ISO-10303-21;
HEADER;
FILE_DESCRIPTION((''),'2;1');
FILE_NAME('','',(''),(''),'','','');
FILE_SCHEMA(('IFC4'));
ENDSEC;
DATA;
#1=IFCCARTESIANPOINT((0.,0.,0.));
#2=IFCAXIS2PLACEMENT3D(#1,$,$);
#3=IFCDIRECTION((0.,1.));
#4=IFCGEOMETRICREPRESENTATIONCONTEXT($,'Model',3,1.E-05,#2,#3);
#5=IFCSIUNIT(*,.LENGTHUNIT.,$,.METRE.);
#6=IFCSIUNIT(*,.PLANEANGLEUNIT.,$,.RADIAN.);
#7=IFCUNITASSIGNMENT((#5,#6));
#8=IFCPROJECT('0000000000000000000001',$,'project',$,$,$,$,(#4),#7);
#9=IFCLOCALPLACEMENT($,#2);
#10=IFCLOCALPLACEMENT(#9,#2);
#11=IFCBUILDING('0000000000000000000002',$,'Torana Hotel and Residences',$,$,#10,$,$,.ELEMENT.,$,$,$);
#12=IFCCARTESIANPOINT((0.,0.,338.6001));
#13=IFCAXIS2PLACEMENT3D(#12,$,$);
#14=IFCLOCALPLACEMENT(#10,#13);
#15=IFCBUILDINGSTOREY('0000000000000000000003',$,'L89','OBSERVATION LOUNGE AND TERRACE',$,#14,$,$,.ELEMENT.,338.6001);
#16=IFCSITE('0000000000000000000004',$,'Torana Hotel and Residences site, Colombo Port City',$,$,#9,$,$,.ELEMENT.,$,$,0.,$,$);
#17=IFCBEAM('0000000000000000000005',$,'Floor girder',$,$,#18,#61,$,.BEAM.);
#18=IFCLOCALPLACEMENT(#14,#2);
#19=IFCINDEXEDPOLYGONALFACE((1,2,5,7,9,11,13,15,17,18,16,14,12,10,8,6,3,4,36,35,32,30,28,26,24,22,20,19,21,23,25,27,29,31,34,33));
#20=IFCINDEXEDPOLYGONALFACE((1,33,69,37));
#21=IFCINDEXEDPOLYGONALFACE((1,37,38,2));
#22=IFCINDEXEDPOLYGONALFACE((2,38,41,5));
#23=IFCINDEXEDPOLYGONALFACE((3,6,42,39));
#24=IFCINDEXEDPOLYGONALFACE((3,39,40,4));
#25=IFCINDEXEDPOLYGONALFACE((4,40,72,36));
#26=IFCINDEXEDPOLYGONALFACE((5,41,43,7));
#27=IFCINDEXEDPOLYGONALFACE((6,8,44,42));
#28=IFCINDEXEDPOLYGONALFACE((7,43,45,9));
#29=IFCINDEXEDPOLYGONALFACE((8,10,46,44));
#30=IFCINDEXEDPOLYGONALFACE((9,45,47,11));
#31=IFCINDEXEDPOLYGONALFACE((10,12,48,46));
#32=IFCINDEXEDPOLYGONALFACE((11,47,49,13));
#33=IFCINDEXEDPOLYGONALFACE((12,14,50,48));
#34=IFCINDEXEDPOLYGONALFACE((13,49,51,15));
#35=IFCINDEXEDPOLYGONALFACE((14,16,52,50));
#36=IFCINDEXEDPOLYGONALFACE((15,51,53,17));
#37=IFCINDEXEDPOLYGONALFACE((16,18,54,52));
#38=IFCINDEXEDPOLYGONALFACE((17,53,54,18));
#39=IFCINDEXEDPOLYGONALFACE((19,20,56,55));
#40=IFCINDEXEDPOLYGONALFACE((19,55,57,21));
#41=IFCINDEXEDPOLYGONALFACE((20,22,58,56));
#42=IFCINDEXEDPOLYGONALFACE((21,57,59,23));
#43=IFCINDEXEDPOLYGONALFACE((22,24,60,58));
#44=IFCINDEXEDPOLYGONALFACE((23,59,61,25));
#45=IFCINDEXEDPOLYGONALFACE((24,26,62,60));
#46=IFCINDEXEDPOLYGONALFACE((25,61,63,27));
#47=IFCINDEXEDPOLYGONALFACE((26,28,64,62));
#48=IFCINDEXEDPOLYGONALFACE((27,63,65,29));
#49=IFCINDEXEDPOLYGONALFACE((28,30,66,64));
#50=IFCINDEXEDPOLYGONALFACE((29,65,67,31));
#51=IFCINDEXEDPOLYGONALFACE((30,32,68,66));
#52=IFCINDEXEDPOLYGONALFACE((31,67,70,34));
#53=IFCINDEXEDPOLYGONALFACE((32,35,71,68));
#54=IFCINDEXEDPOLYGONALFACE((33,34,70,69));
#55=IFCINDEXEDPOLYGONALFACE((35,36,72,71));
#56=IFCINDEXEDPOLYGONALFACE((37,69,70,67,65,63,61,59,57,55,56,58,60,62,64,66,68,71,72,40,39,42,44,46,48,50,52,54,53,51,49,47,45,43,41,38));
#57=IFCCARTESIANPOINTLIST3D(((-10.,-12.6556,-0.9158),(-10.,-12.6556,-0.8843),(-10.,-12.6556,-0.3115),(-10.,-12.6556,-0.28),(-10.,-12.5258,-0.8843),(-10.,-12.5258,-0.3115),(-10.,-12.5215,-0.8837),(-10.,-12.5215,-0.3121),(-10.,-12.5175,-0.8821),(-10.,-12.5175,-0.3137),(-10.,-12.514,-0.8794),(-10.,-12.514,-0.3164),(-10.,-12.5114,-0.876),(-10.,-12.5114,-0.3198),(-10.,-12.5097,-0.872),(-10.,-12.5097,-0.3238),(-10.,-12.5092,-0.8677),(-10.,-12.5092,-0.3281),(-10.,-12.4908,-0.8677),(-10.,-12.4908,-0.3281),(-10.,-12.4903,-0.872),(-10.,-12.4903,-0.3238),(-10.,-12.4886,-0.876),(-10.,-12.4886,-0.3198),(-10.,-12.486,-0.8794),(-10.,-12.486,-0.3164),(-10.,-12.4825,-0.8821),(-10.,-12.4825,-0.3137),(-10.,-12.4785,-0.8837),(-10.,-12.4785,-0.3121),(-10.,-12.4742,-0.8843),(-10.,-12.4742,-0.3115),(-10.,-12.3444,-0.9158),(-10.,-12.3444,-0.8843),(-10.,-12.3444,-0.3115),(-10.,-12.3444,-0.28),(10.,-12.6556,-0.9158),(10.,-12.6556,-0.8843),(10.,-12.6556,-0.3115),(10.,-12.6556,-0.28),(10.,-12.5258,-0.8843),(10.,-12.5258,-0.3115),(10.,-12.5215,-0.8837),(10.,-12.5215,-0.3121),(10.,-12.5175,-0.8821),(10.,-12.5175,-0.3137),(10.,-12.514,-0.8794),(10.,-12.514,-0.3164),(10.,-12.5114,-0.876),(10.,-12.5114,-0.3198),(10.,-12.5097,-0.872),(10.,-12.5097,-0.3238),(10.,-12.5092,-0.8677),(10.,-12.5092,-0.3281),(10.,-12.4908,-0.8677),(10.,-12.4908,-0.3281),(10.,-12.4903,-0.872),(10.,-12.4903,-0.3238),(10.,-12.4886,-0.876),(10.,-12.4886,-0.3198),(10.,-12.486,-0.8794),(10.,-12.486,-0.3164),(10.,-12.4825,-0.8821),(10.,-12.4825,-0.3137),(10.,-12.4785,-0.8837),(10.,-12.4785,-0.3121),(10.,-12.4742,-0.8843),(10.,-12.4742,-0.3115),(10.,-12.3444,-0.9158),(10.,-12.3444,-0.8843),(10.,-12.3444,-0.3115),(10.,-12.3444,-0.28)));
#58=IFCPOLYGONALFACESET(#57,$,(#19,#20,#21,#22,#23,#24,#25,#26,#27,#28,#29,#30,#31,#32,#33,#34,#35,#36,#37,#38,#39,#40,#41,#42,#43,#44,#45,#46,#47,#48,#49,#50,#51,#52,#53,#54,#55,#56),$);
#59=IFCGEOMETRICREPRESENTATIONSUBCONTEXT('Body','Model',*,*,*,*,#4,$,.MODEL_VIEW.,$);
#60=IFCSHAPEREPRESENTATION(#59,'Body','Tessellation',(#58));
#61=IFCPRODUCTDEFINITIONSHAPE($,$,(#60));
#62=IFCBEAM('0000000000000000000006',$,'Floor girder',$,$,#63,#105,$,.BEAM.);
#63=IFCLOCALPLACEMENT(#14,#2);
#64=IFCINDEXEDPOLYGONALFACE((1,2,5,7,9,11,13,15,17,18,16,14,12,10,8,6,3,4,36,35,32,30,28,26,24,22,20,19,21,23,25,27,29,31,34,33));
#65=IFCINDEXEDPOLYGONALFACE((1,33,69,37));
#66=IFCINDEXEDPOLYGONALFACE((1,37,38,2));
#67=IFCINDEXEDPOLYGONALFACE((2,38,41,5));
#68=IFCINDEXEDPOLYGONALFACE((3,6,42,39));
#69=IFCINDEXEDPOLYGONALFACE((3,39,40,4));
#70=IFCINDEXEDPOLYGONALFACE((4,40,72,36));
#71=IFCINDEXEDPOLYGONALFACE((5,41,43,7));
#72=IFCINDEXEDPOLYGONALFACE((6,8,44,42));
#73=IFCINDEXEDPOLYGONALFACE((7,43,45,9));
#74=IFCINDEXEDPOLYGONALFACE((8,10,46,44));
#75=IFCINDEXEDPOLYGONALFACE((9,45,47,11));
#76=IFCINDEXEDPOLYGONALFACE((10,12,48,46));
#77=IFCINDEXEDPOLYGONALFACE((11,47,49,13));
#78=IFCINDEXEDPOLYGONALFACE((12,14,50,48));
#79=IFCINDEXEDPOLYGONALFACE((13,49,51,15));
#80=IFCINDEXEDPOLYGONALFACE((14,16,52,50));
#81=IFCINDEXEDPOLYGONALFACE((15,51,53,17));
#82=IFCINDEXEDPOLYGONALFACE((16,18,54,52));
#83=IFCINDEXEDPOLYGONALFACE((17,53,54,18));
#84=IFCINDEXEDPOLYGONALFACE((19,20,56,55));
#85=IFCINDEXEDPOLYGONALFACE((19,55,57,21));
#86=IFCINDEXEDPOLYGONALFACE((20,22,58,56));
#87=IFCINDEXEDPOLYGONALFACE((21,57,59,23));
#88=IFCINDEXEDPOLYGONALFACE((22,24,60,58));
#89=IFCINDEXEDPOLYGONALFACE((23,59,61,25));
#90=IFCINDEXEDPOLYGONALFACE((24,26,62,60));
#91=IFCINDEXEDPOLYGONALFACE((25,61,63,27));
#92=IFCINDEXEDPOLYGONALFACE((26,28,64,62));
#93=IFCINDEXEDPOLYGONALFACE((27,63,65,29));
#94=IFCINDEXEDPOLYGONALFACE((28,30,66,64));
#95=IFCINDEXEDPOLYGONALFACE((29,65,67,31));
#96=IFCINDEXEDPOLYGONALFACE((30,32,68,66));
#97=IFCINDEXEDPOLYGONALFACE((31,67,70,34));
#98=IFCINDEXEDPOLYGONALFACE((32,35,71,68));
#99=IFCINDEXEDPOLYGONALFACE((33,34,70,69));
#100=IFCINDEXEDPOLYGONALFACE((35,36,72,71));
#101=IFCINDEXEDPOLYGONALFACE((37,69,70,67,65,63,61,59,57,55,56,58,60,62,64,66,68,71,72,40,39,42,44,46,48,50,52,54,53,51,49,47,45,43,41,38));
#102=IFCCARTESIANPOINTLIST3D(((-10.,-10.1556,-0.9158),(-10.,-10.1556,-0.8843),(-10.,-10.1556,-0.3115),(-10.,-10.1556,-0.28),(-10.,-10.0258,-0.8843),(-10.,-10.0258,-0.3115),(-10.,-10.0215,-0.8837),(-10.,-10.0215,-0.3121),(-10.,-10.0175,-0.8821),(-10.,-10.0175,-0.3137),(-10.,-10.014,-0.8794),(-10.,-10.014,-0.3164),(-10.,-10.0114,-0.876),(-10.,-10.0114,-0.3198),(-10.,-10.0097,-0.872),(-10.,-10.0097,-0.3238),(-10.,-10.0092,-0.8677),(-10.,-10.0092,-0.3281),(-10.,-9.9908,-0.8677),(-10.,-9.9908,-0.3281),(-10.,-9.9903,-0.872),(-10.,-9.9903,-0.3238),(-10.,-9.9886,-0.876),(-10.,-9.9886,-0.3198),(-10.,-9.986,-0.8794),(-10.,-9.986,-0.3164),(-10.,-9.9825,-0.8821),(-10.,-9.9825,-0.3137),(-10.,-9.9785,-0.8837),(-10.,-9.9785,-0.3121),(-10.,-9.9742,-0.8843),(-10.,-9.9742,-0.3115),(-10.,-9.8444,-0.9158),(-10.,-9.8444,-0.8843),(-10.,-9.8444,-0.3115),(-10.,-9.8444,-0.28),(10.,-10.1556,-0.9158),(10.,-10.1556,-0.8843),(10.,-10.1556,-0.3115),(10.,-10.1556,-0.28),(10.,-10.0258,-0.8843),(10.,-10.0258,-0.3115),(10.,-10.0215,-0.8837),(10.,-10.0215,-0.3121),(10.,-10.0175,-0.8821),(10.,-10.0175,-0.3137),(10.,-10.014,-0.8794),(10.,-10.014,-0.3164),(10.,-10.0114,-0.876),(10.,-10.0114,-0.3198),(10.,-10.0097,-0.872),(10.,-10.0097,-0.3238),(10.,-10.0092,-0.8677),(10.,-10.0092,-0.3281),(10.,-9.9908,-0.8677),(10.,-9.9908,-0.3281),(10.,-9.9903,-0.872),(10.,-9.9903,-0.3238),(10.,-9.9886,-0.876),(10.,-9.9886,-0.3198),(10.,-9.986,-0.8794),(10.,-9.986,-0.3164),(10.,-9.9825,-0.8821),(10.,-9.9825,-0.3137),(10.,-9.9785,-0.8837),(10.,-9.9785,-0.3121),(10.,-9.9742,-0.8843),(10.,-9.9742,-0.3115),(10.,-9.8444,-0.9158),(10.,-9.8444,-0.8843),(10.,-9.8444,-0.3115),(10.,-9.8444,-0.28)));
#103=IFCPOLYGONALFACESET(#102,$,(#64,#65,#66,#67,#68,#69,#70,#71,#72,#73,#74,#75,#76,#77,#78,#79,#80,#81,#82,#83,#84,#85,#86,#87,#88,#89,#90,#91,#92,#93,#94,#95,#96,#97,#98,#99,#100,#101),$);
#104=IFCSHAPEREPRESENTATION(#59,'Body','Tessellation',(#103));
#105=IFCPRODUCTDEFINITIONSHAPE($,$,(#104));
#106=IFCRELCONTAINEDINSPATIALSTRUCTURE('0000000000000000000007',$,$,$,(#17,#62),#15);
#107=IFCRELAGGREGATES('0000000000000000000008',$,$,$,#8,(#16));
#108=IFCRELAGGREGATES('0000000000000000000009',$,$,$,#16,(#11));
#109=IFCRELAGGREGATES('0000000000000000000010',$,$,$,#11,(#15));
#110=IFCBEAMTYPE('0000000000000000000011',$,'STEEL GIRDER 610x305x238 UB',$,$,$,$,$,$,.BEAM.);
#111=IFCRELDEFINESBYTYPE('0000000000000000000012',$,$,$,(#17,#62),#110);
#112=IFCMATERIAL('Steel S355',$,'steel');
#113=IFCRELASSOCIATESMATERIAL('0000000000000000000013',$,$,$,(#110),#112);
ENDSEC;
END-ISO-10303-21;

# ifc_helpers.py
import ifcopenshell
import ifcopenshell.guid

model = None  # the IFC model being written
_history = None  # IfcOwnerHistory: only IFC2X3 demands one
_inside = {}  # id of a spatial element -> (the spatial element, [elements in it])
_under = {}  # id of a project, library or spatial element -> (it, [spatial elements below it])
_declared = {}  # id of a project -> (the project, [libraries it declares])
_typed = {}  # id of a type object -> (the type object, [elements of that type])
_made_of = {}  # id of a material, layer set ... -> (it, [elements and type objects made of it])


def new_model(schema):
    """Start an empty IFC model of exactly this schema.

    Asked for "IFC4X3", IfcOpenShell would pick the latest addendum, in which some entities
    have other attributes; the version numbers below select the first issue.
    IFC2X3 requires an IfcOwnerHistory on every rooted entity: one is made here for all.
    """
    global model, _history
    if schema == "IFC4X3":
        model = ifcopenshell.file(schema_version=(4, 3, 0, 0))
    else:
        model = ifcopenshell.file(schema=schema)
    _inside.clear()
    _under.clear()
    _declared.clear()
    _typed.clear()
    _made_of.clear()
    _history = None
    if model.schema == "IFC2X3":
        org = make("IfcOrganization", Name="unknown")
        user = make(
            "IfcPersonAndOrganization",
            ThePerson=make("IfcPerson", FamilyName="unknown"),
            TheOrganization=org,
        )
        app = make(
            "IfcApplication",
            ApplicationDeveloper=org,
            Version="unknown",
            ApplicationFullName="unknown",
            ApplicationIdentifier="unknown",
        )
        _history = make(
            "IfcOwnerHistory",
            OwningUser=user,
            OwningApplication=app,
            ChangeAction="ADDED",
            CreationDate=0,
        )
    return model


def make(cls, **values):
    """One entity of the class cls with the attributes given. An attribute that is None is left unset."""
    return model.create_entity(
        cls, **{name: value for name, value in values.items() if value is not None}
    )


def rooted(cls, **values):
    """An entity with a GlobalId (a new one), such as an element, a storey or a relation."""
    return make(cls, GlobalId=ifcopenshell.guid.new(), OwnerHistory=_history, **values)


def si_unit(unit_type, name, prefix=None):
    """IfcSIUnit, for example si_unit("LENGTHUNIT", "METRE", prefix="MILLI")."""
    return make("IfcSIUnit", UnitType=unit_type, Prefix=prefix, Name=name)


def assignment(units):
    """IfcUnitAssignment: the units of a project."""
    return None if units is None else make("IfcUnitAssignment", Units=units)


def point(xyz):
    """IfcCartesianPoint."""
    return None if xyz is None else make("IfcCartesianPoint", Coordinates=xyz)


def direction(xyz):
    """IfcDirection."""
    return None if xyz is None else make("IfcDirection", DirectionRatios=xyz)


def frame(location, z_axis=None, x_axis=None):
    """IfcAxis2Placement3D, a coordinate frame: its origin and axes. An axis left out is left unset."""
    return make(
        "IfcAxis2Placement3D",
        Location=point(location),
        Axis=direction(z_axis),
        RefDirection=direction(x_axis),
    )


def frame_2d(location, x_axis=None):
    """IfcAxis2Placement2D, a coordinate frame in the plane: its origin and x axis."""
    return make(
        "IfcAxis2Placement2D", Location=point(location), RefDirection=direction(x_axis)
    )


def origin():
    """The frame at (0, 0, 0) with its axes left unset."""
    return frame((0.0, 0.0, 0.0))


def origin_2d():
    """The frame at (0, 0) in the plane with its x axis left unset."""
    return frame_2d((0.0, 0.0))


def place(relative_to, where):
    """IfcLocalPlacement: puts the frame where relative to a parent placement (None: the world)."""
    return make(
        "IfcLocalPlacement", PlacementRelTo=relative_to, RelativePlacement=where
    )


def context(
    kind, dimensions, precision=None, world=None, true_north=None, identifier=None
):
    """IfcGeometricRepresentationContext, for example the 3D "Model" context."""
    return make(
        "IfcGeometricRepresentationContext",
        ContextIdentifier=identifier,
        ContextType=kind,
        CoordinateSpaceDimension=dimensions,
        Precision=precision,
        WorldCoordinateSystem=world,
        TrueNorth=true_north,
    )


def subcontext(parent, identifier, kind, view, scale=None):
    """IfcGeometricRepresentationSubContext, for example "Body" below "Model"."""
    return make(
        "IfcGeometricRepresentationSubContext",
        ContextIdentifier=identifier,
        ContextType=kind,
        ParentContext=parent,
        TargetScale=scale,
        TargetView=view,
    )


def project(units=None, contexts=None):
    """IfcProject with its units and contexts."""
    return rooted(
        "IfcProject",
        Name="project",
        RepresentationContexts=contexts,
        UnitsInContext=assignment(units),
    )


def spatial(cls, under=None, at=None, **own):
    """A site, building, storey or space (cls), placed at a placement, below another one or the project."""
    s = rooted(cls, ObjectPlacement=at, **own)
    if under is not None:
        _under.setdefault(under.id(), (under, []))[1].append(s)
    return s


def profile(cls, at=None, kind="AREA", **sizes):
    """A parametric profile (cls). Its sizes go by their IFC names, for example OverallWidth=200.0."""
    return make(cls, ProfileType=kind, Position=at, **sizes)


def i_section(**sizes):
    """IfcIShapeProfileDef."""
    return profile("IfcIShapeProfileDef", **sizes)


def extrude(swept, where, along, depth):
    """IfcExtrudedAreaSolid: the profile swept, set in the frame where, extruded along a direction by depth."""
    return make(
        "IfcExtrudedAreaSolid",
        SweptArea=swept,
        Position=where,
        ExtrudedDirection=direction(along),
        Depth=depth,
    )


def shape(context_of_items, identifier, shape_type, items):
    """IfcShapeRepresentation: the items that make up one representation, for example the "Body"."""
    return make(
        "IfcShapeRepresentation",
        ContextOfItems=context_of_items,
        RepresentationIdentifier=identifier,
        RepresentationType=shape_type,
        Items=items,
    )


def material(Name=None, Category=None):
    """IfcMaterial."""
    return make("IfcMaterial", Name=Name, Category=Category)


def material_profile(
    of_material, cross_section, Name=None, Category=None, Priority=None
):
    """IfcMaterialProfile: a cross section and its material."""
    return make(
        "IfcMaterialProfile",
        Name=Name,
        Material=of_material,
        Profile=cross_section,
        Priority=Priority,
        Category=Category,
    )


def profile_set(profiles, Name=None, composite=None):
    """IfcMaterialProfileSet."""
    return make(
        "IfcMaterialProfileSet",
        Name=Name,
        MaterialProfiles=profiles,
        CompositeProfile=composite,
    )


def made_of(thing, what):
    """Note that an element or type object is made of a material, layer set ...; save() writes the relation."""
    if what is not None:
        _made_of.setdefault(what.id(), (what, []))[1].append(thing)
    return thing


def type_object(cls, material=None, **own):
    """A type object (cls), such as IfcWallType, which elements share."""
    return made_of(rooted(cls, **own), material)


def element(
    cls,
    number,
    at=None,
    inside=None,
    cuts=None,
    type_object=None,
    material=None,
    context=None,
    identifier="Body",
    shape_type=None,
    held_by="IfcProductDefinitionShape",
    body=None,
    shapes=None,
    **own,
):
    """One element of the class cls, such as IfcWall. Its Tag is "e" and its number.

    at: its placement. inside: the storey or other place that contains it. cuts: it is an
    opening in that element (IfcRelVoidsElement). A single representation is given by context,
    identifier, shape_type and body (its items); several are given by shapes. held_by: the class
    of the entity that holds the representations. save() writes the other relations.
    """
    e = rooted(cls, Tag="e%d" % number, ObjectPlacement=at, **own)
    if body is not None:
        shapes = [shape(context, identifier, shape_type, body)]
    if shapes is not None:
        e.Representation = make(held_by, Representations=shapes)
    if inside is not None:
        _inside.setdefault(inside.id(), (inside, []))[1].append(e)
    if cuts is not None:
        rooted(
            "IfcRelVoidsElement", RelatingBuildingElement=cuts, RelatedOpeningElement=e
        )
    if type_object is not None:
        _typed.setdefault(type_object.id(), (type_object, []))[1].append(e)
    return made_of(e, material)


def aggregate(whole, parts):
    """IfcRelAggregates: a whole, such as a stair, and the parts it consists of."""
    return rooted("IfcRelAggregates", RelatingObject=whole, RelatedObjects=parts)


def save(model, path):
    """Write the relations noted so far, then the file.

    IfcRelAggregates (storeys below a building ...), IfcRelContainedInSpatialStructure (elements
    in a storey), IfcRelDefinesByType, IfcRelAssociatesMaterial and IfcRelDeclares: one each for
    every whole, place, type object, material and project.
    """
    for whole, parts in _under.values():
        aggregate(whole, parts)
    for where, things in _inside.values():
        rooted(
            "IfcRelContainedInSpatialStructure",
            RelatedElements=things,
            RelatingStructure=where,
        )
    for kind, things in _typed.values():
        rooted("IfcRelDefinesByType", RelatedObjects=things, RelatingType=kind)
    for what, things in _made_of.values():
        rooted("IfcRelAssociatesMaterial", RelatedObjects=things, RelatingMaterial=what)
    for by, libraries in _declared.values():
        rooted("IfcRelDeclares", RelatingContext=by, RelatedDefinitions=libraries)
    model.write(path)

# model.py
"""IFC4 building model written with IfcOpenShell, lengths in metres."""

from ifc_helpers import new_model, si_unit, direction, frame, origin, origin_2d, place, context, subcontext, project, spatial, i_section, extrude, material, material_profile, profile_set, type_object, element, save


model = new_model("IFC4")

# Units and contexts
model_context = context("Model", 3, precision=1e-05, world=origin(), true_north=direction((0.0, 1.0)))
body_context = subcontext(model_context, "Body", "Model", "MODEL_VIEW")
ifc_project = project(units=[si_unit("LENGTHUNIT", "METRE"), si_unit("PLANEANGLEUNIT", "RADIAN")], contexts=[model_context])

# Site, building, storey
site_placement = place(None, origin())
site = spatial("IfcSite", under=ifc_project, at=site_placement, Name="Torana Hotel and Residences site, Colombo Port City", CompositionType="ELEMENT", RefElevation=0.0)
building_placement = place(site_placement, origin())
building = spatial("IfcBuilding", under=site, at=building_placement, Name="Torana Hotel and Residences", CompositionType="ELEMENT")
storey_placement = place(building_placement, frame((0.0, 0.0, 338.6001)))
storey = spatial("IfcBuildingStorey", under=building, at=storey_placement, Name="L89", Description="OBSERVATION LOUNGE AND TERRACE", CompositionType="ELEMENT", Elevation=338.6001)

# Beams
ifc_material_1 = material(Name="Steel S355", Category="steel")
ifc_material_profile = material_profile(ifc_material_1, i_section(OverallWidth=0.3113, OverallDepth=0.6357, WebThickness=0.0183, FlangeThickness=0.0315, FilletRadius=0.0166, at=origin_2d()), Name="610x305x238 UB")
ifc_profile_set = profile_set([ifc_material_profile], Name="Steel S355")
beam_type = type_object("IfcBeamType", Name="STEEL GIRDER 610x305x238 UB", PredefinedType="BEAM", material=ifc_profile_set)
for number, where, z_axis, x_axis, name in (
    (1, (-10.0, -12.5, -0.5979), (1.0, 0.0, 0.0), (0.0, 1.0, 0.0), "Floor girder"),
    (2, (-10.0, -10.0, -0.5979), (1.0, 0.0, 0.0), (0.0, 1.0, 0.0), "Floor girder"),
):
    element("IfcBeam", number, at=place(storey_placement, frame(where, z_axis=z_axis, x_axis=x_axis)), inside=storey, type_object=beam_type, Name=name, PredefinedType="BEAM", context=body_context, shape_type="SweptSolid", body=[
        extrude(i_section(OverallWidth=0.3113, OverallDepth=0.6357, WebThickness=0.0183, FlangeThickness=0.0315, FilletRadius=0.0166, at=origin_2d()), origin(), (0.0, 0.0, 1.0), 20.0),
    ])

save(model, "model.ifc")
